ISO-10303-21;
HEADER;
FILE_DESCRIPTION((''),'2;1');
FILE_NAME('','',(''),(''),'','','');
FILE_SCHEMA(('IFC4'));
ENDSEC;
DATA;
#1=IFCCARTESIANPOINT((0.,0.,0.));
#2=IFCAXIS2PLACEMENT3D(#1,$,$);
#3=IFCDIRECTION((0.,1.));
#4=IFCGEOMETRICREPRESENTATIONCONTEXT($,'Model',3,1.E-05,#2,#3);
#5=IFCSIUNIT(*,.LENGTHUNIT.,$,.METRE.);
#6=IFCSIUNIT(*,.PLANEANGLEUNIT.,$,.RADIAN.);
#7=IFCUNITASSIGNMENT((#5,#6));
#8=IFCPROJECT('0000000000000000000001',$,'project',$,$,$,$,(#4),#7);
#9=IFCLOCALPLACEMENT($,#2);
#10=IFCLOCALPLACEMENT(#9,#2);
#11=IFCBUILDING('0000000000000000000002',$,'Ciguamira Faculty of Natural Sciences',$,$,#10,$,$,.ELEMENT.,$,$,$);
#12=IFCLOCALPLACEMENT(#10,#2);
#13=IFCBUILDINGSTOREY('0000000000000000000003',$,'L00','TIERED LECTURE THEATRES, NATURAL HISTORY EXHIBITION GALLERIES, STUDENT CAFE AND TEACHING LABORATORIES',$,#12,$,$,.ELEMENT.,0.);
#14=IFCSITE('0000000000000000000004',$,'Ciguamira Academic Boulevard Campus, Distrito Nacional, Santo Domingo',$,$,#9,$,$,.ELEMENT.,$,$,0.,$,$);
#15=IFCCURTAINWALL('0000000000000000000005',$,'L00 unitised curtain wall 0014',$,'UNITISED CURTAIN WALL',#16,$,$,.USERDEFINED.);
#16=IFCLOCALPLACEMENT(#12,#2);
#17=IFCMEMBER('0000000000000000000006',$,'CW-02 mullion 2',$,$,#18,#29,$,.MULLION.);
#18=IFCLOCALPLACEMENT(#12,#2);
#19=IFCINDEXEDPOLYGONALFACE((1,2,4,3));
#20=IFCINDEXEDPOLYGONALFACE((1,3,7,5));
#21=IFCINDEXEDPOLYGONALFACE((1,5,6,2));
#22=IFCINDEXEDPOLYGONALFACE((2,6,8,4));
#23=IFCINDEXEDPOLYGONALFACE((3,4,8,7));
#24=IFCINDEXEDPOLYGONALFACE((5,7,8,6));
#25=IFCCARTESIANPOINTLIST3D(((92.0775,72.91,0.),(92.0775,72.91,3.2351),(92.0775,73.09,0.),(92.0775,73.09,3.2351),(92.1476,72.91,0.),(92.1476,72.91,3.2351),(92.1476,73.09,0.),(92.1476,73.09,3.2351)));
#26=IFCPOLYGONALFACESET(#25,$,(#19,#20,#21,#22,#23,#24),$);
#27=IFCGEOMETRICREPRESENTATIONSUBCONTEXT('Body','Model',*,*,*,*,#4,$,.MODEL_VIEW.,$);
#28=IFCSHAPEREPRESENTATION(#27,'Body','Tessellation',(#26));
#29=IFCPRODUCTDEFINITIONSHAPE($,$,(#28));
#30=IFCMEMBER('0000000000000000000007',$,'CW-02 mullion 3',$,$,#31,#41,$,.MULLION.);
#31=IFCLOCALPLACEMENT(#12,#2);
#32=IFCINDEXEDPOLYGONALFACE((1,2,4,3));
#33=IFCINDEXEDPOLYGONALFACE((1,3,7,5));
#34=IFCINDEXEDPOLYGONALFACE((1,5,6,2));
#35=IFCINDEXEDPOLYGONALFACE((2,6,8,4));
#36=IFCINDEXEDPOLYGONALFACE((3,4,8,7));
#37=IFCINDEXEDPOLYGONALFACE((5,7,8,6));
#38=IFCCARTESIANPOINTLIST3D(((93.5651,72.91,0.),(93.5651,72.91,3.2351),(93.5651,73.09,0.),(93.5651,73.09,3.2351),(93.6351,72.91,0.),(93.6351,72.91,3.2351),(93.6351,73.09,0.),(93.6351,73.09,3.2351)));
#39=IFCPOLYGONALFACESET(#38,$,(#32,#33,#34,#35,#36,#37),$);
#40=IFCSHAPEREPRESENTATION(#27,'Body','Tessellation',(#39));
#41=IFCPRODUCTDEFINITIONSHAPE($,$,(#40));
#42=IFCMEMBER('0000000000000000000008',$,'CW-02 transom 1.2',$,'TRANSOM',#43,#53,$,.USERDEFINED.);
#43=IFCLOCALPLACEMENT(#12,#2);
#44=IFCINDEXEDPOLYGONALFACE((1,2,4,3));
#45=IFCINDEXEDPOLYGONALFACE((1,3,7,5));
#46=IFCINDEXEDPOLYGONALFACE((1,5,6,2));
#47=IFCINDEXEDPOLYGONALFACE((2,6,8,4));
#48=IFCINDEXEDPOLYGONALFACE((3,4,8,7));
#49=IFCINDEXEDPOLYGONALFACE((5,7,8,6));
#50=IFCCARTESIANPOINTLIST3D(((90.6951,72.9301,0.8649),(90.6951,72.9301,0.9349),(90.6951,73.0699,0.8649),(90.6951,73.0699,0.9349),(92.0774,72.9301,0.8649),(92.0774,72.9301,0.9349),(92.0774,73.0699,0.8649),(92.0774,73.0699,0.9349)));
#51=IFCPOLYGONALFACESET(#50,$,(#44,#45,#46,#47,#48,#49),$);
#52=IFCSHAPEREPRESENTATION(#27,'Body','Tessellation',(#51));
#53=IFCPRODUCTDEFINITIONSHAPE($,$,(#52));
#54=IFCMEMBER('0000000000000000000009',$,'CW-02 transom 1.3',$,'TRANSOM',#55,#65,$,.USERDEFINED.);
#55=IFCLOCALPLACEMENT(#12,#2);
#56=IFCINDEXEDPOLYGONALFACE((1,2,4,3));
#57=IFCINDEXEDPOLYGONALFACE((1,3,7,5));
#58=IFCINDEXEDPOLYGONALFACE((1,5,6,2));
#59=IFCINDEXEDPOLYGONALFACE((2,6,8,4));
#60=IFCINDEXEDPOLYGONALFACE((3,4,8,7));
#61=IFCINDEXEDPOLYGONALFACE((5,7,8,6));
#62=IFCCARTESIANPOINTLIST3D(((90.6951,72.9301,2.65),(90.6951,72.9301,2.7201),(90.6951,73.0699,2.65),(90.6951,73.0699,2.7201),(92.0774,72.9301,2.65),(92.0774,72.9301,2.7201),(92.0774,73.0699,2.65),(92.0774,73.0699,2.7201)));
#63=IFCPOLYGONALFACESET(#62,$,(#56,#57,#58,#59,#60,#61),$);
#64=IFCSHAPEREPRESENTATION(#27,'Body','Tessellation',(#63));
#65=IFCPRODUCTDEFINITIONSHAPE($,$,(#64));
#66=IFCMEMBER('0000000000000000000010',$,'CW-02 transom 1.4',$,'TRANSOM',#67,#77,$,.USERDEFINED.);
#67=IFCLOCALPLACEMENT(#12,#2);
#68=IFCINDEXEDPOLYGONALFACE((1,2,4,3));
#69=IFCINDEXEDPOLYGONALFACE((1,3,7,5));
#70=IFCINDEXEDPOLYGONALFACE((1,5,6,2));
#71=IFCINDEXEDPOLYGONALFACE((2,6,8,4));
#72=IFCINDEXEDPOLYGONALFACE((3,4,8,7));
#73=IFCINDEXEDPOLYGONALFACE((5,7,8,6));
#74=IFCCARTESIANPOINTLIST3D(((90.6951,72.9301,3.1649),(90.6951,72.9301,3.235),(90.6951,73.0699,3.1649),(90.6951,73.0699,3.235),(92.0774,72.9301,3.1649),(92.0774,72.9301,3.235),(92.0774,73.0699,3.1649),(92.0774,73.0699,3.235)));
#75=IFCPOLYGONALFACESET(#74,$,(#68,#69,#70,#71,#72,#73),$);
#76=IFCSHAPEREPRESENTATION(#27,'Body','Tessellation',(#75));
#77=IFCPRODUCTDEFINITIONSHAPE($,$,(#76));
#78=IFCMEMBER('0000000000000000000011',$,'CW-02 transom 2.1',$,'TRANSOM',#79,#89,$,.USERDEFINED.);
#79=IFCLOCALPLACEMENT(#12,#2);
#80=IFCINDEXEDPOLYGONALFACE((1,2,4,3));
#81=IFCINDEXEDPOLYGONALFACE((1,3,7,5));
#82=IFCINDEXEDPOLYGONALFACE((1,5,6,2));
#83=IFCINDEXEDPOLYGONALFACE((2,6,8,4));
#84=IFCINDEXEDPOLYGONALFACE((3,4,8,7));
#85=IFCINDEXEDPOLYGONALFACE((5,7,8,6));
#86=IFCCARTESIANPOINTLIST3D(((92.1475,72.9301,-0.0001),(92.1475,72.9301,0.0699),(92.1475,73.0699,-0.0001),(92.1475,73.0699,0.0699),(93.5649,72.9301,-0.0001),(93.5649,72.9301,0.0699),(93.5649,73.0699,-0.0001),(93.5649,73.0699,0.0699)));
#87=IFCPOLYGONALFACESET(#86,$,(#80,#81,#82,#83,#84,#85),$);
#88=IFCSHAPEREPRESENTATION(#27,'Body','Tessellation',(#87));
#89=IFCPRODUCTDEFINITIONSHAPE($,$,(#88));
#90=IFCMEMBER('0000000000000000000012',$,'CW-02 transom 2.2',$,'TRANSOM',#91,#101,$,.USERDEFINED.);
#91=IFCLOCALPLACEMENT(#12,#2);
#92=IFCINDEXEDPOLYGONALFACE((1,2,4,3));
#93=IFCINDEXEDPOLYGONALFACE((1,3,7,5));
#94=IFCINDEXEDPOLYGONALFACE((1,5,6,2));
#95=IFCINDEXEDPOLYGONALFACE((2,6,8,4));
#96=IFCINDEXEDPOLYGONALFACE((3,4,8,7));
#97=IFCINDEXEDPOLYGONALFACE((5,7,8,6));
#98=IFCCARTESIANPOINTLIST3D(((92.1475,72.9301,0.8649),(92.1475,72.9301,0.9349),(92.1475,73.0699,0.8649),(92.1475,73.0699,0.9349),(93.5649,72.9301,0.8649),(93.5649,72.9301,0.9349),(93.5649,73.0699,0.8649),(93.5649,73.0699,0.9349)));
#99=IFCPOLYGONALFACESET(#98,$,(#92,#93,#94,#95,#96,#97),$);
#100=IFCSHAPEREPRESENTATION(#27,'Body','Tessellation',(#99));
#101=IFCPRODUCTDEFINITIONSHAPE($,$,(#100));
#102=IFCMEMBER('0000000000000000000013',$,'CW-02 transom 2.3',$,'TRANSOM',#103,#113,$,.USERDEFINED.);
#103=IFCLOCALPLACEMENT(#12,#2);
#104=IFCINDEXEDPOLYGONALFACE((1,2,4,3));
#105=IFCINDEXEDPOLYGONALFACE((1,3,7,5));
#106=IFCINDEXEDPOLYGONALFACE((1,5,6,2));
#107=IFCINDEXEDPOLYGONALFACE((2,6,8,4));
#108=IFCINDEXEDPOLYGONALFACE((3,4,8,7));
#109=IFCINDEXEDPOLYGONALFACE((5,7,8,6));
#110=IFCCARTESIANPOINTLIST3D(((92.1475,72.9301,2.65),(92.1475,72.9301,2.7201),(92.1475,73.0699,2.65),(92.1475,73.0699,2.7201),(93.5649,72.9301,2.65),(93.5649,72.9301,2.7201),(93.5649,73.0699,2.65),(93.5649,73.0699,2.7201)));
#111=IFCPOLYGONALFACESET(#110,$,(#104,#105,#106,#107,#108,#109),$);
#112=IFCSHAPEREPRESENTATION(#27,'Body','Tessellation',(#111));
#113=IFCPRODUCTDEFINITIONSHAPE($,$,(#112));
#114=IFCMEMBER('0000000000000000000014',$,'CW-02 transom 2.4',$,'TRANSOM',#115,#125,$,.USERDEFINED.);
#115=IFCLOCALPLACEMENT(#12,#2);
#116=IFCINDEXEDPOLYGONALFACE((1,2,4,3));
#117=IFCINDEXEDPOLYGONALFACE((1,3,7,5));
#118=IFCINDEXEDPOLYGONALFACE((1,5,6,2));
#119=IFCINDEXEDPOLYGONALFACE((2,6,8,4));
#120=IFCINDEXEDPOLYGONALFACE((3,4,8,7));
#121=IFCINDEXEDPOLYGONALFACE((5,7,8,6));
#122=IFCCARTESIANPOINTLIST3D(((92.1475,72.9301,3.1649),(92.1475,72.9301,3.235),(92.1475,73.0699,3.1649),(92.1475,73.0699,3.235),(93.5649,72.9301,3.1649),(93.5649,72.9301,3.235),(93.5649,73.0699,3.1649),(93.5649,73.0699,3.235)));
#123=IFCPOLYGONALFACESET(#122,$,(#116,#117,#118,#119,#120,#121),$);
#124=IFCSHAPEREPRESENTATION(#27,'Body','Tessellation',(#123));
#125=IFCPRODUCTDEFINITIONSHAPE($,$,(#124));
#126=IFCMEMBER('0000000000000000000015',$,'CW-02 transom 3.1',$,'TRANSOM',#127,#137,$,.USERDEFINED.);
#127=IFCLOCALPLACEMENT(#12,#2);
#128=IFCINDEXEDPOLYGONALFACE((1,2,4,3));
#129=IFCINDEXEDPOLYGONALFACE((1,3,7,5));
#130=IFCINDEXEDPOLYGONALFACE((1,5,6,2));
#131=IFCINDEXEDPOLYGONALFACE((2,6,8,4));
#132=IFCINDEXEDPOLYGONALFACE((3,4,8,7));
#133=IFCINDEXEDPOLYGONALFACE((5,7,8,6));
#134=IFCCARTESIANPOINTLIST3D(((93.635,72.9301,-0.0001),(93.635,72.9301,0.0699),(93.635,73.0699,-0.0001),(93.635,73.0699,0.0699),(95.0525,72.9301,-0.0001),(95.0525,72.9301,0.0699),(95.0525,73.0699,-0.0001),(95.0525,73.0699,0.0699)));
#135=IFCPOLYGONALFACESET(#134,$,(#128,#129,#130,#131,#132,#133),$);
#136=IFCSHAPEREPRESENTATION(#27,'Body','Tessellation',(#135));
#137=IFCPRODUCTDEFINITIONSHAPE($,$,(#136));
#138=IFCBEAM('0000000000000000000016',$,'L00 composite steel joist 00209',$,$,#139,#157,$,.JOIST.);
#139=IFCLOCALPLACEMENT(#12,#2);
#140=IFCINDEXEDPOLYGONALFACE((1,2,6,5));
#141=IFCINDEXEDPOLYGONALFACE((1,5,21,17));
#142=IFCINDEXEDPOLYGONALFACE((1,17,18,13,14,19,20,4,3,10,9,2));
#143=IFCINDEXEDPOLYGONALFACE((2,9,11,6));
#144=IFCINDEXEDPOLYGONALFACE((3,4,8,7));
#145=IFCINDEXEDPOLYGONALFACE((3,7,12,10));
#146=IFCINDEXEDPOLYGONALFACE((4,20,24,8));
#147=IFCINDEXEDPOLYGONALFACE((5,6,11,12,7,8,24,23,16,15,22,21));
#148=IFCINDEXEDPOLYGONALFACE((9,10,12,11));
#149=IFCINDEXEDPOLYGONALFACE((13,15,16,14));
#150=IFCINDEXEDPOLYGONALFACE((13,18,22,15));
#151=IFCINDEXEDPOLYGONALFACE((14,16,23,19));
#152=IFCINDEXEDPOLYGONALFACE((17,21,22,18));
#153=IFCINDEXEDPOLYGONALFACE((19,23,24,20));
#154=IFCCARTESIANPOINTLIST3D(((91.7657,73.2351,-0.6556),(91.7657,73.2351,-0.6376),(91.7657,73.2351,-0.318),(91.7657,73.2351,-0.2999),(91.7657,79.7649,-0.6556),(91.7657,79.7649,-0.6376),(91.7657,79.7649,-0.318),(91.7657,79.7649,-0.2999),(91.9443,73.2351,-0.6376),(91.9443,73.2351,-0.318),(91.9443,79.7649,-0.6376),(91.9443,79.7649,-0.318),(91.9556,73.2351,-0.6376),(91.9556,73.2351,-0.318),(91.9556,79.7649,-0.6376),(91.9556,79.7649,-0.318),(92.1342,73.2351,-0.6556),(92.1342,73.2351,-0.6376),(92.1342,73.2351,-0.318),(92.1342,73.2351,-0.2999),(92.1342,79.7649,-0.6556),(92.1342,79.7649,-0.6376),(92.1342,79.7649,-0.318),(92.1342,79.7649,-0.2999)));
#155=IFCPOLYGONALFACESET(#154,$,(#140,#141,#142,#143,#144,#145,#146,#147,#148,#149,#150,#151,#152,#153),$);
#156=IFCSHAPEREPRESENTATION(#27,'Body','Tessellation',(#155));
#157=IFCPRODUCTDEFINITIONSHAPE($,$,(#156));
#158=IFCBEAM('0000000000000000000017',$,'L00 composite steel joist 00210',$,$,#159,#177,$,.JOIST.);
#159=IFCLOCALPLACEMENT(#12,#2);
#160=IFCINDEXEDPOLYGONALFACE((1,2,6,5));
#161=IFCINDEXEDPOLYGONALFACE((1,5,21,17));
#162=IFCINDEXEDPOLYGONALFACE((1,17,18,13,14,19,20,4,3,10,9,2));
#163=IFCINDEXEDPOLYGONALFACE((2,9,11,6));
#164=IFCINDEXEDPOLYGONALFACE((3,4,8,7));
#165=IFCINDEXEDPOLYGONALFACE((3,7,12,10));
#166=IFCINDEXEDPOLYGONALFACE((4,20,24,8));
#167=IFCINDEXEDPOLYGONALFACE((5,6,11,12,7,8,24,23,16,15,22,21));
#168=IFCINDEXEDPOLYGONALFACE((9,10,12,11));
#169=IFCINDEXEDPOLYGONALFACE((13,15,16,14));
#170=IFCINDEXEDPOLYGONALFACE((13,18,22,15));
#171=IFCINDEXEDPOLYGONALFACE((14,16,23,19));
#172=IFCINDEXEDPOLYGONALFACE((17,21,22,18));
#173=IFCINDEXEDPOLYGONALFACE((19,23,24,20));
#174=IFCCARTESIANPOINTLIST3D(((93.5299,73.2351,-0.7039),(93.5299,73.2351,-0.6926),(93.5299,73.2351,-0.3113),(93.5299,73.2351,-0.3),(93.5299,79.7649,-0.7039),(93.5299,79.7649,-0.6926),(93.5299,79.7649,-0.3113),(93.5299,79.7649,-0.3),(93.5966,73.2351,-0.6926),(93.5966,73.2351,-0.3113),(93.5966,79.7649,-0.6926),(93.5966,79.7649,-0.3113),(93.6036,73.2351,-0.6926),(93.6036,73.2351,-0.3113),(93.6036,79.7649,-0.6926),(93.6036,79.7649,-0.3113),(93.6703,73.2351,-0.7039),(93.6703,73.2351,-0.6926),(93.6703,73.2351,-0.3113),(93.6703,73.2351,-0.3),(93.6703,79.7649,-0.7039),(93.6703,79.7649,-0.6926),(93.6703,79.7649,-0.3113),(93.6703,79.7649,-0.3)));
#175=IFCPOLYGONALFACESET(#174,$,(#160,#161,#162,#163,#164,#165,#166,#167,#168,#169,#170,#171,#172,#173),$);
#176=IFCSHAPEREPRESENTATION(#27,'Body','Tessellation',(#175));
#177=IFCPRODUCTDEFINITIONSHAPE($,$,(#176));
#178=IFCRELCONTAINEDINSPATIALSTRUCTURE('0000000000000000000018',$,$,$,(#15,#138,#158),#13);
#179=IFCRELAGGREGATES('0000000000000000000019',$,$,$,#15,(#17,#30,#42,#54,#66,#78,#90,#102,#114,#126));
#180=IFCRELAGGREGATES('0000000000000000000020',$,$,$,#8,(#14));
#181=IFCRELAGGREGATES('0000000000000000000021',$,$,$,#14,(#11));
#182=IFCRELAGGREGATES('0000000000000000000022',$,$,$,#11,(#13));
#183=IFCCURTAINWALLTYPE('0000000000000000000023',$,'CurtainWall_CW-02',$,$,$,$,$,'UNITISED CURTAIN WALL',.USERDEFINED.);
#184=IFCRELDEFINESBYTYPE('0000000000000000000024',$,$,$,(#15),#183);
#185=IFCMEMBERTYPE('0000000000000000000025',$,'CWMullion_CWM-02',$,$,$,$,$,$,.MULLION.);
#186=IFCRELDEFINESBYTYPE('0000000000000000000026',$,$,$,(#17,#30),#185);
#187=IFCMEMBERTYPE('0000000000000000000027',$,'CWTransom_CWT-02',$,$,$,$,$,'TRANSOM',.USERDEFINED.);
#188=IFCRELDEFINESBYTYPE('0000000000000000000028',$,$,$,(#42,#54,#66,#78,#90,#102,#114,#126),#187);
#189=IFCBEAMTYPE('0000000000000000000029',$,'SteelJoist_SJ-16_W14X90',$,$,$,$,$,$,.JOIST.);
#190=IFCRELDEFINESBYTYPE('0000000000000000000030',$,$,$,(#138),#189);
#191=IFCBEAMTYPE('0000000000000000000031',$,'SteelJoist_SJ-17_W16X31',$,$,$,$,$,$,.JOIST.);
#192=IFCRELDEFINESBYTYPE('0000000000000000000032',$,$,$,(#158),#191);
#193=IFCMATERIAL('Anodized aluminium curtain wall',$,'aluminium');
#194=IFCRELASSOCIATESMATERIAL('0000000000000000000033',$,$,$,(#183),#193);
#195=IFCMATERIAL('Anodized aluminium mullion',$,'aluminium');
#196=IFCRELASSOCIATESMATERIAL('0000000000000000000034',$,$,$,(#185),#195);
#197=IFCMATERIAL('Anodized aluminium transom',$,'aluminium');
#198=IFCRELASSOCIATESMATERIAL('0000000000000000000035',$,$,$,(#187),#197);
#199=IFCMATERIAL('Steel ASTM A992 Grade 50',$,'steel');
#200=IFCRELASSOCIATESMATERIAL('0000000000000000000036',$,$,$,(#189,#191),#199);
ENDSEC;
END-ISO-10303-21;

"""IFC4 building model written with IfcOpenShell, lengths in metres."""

from ifc_helpers import new_model, si_unit, direction, frame, origin, origin_2d, place, context, subcontext, project, spatial, rectangle, i_section, extrude, material, material_profile, profile_set, type_object, element, aggregate, save


model = new_model("IFC4")

# Units and contexts
model_context = context("Model", 3, precision=1e-05, world=origin(), true_north=direction((0.0, 1.0)))
body_context = subcontext(model_context, "Body", "Model", "MODEL_VIEW")
ifc_project = project(units=[si_unit("LENGTHUNIT", "METRE"), si_unit("PLANEANGLEUNIT", "RADIAN")], contexts=[model_context])

# Site, building, storey
site_placement = place(None, origin())
site = spatial("IfcSite", under=ifc_project, at=site_placement, Name="Ciguamira Academic Boulevard Campus, Distrito Nacional, Santo Domingo", CompositionType="ELEMENT", RefElevation=0.0)
building_placement = place(site_placement, origin())
building = spatial("IfcBuilding", under=site, at=building_placement, Name="Ciguamira Faculty of Natural Sciences", CompositionType="ELEMENT")
storey_placement = place(building_placement, origin())
storey = spatial("IfcBuildingStorey", under=building, at=storey_placement, Name="L00", Description="TIERED LECTURE THEATRES, NATURAL HISTORY EXHIBITION GALLERIES, STUDENT CAFE AND TEACHING LABORATORIES", CompositionType="ELEMENT", Elevation=0.0)

# Curtain wall, members
ifc_material_1 = material(Name="Anodized aluminium curtain wall", Category="aluminium")
curtain_wall_type = type_object("IfcCurtainWallType", Name="CurtainWall_CW-02", ElementType="UNITISED CURTAIN WALL", PredefinedType="USERDEFINED", material=ifc_material_1)
curtain_wall_placement = place(storey_placement, origin())
curtain_wall = element("IfcCurtainWall", 1, at=curtain_wall_placement, inside=storey, type_object=curtain_wall_type, Name="L00 unitised curtain wall 0014", ObjectType="UNITISED CURTAIN WALL", PredefinedType="USERDEFINED")
ifc_material_2 = material(Name="Anodized aluminium mullion", Category="aluminium")
ifc_material_profile_1 = material_profile(ifc_material_2, rectangle(XDim=0.0701, YDim=0.1799, at=origin_2d()), Name="ALU-MUL-70X180")
ifc_profile_set_1 = profile_set([ifc_material_profile_1], Name="Anodized aluminium mullion")
member_type_1 = type_object("IfcMemberType", Name="CWMullion_CWM-02", PredefinedType="MULLION", material=ifc_profile_set_1)
member_1_placement = place(storey_placement, frame((92.1125, 73.0, 0.0), z_axis=(0.0, 0.0, 1.0), x_axis=(1.0, 0.0, 0.0)))
member_1 = element("IfcMember", 2, at=member_1_placement, type_object=member_type_1, Name="CW-02 mullion 2", PredefinedType="MULLION", context=body_context, shape_type="SweptSolid", body=[
    extrude(rectangle(XDim=0.0701, YDim=0.1799, at=origin_2d()), origin(), (0.0, 0.0, 1.0), 3.2351),
])
member_2_placement = place(storey_placement, frame((93.6001, 73.0, 0.0), z_axis=(0.0, 0.0, 1.0), x_axis=(1.0, 0.0, 0.0)))
member_2 = element("IfcMember", 3, at=member_2_placement, type_object=member_type_1, Name="CW-02 mullion 3", PredefinedType="MULLION", context=body_context, shape_type="SweptSolid", body=[
    extrude(rectangle(XDim=0.0701, YDim=0.1799, at=origin_2d()), origin(), (0.0, 0.0, 1.0), 3.2351),
])
ifc_material_3 = material(Name="Anodized aluminium transom", Category="aluminium")
ifc_material_profile_2 = material_profile(ifc_material_3, rectangle(XDim=0.0701, YDim=0.1399, at=origin_2d()), Name="ALU-TRN-70X140")
ifc_profile_set_2 = profile_set([ifc_material_profile_2], Name="Anodized aluminium transom")
member_type_2 = type_object("IfcMemberType", Name="CWTransom_CWT-02", ElementType="TRANSOM", PredefinedType="USERDEFINED", material=ifc_profile_set_2)
member_3_placement = place(storey_placement, frame((90.6951, 73.0, 0.8999), z_axis=(1.0, 0.0, 0.0), x_axis=(0.0, 0.0, 1.0)))
member_3 = element("IfcMember", 4, at=member_3_placement, type_object=member_type_2, Name="CW-02 transom 1.2", ObjectType="TRANSOM", PredefinedType="USERDEFINED", context=body_context, shape_type="SweptSolid", body=[
    extrude(rectangle(XDim=0.0701, YDim=0.1399, at=origin_2d()), origin(), (0.0, 0.0, 1.0), 1.3823),
])
member_4_placement = place(storey_placement, frame((90.6951, 73.0, 2.6851), z_axis=(1.0, 0.0, 0.0), x_axis=(0.0, 0.0, 1.0)))
member_4 = element("IfcMember", 5, at=member_4_placement, type_object=member_type_2, Name="CW-02 transom 1.3", ObjectType="TRANSOM", PredefinedType="USERDEFINED", context=body_context, shape_type="SweptSolid", body=[
    extrude(rectangle(XDim=0.0701, YDim=0.1399, at=origin_2d()), origin(), (0.0, 0.0, 1.0), 1.3823),
])
member_5_placement = place(storey_placement, frame((90.6951, 73.0, 3.2), z_axis=(1.0, 0.0, 0.0), x_axis=(0.0, 0.0, 1.0)))
member_5 = element("IfcMember", 6, at=member_5_placement, type_object=member_type_2, Name="CW-02 transom 1.4", ObjectType="TRANSOM", PredefinedType="USERDEFINED", context=body_context, shape_type="SweptSolid", body=[
    extrude(rectangle(XDim=0.0701, YDim=0.1399, at=origin_2d()), origin(), (0.0, 0.0, 1.0), 1.3823),
])
member_6_placement = place(storey_placement, frame((92.1475, 73.0, 0.0349), z_axis=(1.0, 0.0, 0.0), x_axis=(0.0, 0.0, 1.0)))
member_6 = element("IfcMember", 7, at=member_6_placement, type_object=member_type_2, Name="CW-02 transom 2.1", ObjectType="TRANSOM", PredefinedType="USERDEFINED", context=body_context, shape_type="SweptSolid", body=[
    extrude(rectangle(XDim=0.0701, YDim=0.1399, at=origin_2d()), origin(), (0.0, 0.0, 1.0), 1.4175),
])
member_7_placement = place(storey_placement, frame((92.1475, 73.0, 0.8999), z_axis=(1.0, 0.0, 0.0), x_axis=(0.0, 0.0, 1.0)))
member_7 = element("IfcMember", 8, at=member_7_placement, type_object=member_type_2, Name="CW-02 transom 2.2", ObjectType="TRANSOM", PredefinedType="USERDEFINED", context=body_context, shape_type="SweptSolid", body=[
    extrude(rectangle(XDim=0.0701, YDim=0.1399, at=origin_2d()), origin(), (0.0, 0.0, 1.0), 1.4175),
])
member_8_placement = place(storey_placement, frame((92.1475, 73.0, 2.6851), z_axis=(1.0, 0.0, 0.0), x_axis=(0.0, 0.0, 1.0)))
member_8 = element("IfcMember", 9, at=member_8_placement, type_object=member_type_2, Name="CW-02 transom 2.3", ObjectType="TRANSOM", PredefinedType="USERDEFINED", context=body_context, shape_type="SweptSolid", body=[
    extrude(rectangle(XDim=0.0701, YDim=0.1399, at=origin_2d()), origin(), (0.0, 0.0, 1.0), 1.4175),
])
member_9_placement = place(storey_placement, frame((92.1475, 73.0, 3.2), z_axis=(1.0, 0.0, 0.0), x_axis=(0.0, 0.0, 1.0)))
member_9 = element("IfcMember", 10, at=member_9_placement, type_object=member_type_2, Name="CW-02 transom 2.4", ObjectType="TRANSOM", PredefinedType="USERDEFINED", context=body_context, shape_type="SweptSolid", body=[
    extrude(rectangle(XDim=0.0701, YDim=0.1399, at=origin_2d()), origin(), (0.0, 0.0, 1.0), 1.4175),
])
member_10_placement = place(storey_placement, frame((93.635, 73.0, 0.0349), z_axis=(1.0, 0.0, 0.0), x_axis=(0.0, 0.0, 1.0)))
member_10 = element("IfcMember", 11, at=member_10_placement, type_object=member_type_2, Name="CW-02 transom 3.1", ObjectType="TRANSOM", PredefinedType="USERDEFINED", context=body_context, shape_type="SweptSolid", body=[
    extrude(rectangle(XDim=0.0701, YDim=0.1399, at=origin_2d()), origin(), (0.0, 0.0, 1.0), 1.4175),
])

# Beams
ifc_material_4 = material(Name="Steel ASTM A992 Grade 50", Category="steel")
ifc_material_profile_3 = material_profile(ifc_material_4, i_section(OverallWidth=0.3684, OverallDepth=0.3557, WebThickness=0.0112, FlangeThickness=0.0181, at=origin_2d()), Name="W14X90")
ifc_profile_set_3 = profile_set([ifc_material_profile_3], Name="Steel ASTM A992 Grade 50")
beam_type_1 = type_object("IfcBeamType", Name="SteelJoist_SJ-16_W14X90", PredefinedType="JOIST", material=ifc_profile_set_3)
beam_1_placement = place(storey_placement, frame((91.95, 73.2351, -0.4778), z_axis=(0.0, 1.0, 0.0), x_axis=(-1.0, 0.0, 0.0)))
element("IfcBeam", 12, at=beam_1_placement, inside=storey, type_object=beam_type_1, Name="L00 composite steel joist 00209", PredefinedType="JOIST", context=body_context, shape_type="SweptSolid", body=[
    extrude(i_section(OverallWidth=0.3684, OverallDepth=0.3557, WebThickness=0.0112, FlangeThickness=0.0181, at=origin_2d()), origin(), (0.0, 0.0, 1.0), 6.5298),
])
ifc_material_profile_4 = material_profile(ifc_material_4, i_section(OverallWidth=0.1404, OverallDepth=0.4038, WebThickness=0.0071, FlangeThickness=0.0112, at=origin_2d()), Name="W16X31")
ifc_profile_set_4 = profile_set([ifc_material_profile_4], Name="Steel ASTM A992 Grade 50")
beam_type_2 = type_object("IfcBeamType", Name="SteelJoist_SJ-17_W16X31", PredefinedType="JOIST", material=ifc_profile_set_4)
beam_2_placement = place(storey_placement, frame((93.6001, 73.2351, -0.502), z_axis=(0.0, 1.0, 0.0), x_axis=(-1.0, 0.0, 0.0)))
element("IfcBeam", 13, at=beam_2_placement, inside=storey, type_object=beam_type_2, Name="L00 composite steel joist 00210", PredefinedType="JOIST", context=body_context, shape_type="SweptSolid", body=[
    extrude(i_section(OverallWidth=0.1404, OverallDepth=0.4038, WebThickness=0.0071, FlangeThickness=0.0112, at=origin_2d()), origin(), (0.0, 0.0, 1.0), 6.5298),
])

aggregate(curtain_wall, [member_1, member_2, member_3, member_4, member_5, member_6, member_7, member_8, member_9, member_10])

save(model, "model.ifc")
